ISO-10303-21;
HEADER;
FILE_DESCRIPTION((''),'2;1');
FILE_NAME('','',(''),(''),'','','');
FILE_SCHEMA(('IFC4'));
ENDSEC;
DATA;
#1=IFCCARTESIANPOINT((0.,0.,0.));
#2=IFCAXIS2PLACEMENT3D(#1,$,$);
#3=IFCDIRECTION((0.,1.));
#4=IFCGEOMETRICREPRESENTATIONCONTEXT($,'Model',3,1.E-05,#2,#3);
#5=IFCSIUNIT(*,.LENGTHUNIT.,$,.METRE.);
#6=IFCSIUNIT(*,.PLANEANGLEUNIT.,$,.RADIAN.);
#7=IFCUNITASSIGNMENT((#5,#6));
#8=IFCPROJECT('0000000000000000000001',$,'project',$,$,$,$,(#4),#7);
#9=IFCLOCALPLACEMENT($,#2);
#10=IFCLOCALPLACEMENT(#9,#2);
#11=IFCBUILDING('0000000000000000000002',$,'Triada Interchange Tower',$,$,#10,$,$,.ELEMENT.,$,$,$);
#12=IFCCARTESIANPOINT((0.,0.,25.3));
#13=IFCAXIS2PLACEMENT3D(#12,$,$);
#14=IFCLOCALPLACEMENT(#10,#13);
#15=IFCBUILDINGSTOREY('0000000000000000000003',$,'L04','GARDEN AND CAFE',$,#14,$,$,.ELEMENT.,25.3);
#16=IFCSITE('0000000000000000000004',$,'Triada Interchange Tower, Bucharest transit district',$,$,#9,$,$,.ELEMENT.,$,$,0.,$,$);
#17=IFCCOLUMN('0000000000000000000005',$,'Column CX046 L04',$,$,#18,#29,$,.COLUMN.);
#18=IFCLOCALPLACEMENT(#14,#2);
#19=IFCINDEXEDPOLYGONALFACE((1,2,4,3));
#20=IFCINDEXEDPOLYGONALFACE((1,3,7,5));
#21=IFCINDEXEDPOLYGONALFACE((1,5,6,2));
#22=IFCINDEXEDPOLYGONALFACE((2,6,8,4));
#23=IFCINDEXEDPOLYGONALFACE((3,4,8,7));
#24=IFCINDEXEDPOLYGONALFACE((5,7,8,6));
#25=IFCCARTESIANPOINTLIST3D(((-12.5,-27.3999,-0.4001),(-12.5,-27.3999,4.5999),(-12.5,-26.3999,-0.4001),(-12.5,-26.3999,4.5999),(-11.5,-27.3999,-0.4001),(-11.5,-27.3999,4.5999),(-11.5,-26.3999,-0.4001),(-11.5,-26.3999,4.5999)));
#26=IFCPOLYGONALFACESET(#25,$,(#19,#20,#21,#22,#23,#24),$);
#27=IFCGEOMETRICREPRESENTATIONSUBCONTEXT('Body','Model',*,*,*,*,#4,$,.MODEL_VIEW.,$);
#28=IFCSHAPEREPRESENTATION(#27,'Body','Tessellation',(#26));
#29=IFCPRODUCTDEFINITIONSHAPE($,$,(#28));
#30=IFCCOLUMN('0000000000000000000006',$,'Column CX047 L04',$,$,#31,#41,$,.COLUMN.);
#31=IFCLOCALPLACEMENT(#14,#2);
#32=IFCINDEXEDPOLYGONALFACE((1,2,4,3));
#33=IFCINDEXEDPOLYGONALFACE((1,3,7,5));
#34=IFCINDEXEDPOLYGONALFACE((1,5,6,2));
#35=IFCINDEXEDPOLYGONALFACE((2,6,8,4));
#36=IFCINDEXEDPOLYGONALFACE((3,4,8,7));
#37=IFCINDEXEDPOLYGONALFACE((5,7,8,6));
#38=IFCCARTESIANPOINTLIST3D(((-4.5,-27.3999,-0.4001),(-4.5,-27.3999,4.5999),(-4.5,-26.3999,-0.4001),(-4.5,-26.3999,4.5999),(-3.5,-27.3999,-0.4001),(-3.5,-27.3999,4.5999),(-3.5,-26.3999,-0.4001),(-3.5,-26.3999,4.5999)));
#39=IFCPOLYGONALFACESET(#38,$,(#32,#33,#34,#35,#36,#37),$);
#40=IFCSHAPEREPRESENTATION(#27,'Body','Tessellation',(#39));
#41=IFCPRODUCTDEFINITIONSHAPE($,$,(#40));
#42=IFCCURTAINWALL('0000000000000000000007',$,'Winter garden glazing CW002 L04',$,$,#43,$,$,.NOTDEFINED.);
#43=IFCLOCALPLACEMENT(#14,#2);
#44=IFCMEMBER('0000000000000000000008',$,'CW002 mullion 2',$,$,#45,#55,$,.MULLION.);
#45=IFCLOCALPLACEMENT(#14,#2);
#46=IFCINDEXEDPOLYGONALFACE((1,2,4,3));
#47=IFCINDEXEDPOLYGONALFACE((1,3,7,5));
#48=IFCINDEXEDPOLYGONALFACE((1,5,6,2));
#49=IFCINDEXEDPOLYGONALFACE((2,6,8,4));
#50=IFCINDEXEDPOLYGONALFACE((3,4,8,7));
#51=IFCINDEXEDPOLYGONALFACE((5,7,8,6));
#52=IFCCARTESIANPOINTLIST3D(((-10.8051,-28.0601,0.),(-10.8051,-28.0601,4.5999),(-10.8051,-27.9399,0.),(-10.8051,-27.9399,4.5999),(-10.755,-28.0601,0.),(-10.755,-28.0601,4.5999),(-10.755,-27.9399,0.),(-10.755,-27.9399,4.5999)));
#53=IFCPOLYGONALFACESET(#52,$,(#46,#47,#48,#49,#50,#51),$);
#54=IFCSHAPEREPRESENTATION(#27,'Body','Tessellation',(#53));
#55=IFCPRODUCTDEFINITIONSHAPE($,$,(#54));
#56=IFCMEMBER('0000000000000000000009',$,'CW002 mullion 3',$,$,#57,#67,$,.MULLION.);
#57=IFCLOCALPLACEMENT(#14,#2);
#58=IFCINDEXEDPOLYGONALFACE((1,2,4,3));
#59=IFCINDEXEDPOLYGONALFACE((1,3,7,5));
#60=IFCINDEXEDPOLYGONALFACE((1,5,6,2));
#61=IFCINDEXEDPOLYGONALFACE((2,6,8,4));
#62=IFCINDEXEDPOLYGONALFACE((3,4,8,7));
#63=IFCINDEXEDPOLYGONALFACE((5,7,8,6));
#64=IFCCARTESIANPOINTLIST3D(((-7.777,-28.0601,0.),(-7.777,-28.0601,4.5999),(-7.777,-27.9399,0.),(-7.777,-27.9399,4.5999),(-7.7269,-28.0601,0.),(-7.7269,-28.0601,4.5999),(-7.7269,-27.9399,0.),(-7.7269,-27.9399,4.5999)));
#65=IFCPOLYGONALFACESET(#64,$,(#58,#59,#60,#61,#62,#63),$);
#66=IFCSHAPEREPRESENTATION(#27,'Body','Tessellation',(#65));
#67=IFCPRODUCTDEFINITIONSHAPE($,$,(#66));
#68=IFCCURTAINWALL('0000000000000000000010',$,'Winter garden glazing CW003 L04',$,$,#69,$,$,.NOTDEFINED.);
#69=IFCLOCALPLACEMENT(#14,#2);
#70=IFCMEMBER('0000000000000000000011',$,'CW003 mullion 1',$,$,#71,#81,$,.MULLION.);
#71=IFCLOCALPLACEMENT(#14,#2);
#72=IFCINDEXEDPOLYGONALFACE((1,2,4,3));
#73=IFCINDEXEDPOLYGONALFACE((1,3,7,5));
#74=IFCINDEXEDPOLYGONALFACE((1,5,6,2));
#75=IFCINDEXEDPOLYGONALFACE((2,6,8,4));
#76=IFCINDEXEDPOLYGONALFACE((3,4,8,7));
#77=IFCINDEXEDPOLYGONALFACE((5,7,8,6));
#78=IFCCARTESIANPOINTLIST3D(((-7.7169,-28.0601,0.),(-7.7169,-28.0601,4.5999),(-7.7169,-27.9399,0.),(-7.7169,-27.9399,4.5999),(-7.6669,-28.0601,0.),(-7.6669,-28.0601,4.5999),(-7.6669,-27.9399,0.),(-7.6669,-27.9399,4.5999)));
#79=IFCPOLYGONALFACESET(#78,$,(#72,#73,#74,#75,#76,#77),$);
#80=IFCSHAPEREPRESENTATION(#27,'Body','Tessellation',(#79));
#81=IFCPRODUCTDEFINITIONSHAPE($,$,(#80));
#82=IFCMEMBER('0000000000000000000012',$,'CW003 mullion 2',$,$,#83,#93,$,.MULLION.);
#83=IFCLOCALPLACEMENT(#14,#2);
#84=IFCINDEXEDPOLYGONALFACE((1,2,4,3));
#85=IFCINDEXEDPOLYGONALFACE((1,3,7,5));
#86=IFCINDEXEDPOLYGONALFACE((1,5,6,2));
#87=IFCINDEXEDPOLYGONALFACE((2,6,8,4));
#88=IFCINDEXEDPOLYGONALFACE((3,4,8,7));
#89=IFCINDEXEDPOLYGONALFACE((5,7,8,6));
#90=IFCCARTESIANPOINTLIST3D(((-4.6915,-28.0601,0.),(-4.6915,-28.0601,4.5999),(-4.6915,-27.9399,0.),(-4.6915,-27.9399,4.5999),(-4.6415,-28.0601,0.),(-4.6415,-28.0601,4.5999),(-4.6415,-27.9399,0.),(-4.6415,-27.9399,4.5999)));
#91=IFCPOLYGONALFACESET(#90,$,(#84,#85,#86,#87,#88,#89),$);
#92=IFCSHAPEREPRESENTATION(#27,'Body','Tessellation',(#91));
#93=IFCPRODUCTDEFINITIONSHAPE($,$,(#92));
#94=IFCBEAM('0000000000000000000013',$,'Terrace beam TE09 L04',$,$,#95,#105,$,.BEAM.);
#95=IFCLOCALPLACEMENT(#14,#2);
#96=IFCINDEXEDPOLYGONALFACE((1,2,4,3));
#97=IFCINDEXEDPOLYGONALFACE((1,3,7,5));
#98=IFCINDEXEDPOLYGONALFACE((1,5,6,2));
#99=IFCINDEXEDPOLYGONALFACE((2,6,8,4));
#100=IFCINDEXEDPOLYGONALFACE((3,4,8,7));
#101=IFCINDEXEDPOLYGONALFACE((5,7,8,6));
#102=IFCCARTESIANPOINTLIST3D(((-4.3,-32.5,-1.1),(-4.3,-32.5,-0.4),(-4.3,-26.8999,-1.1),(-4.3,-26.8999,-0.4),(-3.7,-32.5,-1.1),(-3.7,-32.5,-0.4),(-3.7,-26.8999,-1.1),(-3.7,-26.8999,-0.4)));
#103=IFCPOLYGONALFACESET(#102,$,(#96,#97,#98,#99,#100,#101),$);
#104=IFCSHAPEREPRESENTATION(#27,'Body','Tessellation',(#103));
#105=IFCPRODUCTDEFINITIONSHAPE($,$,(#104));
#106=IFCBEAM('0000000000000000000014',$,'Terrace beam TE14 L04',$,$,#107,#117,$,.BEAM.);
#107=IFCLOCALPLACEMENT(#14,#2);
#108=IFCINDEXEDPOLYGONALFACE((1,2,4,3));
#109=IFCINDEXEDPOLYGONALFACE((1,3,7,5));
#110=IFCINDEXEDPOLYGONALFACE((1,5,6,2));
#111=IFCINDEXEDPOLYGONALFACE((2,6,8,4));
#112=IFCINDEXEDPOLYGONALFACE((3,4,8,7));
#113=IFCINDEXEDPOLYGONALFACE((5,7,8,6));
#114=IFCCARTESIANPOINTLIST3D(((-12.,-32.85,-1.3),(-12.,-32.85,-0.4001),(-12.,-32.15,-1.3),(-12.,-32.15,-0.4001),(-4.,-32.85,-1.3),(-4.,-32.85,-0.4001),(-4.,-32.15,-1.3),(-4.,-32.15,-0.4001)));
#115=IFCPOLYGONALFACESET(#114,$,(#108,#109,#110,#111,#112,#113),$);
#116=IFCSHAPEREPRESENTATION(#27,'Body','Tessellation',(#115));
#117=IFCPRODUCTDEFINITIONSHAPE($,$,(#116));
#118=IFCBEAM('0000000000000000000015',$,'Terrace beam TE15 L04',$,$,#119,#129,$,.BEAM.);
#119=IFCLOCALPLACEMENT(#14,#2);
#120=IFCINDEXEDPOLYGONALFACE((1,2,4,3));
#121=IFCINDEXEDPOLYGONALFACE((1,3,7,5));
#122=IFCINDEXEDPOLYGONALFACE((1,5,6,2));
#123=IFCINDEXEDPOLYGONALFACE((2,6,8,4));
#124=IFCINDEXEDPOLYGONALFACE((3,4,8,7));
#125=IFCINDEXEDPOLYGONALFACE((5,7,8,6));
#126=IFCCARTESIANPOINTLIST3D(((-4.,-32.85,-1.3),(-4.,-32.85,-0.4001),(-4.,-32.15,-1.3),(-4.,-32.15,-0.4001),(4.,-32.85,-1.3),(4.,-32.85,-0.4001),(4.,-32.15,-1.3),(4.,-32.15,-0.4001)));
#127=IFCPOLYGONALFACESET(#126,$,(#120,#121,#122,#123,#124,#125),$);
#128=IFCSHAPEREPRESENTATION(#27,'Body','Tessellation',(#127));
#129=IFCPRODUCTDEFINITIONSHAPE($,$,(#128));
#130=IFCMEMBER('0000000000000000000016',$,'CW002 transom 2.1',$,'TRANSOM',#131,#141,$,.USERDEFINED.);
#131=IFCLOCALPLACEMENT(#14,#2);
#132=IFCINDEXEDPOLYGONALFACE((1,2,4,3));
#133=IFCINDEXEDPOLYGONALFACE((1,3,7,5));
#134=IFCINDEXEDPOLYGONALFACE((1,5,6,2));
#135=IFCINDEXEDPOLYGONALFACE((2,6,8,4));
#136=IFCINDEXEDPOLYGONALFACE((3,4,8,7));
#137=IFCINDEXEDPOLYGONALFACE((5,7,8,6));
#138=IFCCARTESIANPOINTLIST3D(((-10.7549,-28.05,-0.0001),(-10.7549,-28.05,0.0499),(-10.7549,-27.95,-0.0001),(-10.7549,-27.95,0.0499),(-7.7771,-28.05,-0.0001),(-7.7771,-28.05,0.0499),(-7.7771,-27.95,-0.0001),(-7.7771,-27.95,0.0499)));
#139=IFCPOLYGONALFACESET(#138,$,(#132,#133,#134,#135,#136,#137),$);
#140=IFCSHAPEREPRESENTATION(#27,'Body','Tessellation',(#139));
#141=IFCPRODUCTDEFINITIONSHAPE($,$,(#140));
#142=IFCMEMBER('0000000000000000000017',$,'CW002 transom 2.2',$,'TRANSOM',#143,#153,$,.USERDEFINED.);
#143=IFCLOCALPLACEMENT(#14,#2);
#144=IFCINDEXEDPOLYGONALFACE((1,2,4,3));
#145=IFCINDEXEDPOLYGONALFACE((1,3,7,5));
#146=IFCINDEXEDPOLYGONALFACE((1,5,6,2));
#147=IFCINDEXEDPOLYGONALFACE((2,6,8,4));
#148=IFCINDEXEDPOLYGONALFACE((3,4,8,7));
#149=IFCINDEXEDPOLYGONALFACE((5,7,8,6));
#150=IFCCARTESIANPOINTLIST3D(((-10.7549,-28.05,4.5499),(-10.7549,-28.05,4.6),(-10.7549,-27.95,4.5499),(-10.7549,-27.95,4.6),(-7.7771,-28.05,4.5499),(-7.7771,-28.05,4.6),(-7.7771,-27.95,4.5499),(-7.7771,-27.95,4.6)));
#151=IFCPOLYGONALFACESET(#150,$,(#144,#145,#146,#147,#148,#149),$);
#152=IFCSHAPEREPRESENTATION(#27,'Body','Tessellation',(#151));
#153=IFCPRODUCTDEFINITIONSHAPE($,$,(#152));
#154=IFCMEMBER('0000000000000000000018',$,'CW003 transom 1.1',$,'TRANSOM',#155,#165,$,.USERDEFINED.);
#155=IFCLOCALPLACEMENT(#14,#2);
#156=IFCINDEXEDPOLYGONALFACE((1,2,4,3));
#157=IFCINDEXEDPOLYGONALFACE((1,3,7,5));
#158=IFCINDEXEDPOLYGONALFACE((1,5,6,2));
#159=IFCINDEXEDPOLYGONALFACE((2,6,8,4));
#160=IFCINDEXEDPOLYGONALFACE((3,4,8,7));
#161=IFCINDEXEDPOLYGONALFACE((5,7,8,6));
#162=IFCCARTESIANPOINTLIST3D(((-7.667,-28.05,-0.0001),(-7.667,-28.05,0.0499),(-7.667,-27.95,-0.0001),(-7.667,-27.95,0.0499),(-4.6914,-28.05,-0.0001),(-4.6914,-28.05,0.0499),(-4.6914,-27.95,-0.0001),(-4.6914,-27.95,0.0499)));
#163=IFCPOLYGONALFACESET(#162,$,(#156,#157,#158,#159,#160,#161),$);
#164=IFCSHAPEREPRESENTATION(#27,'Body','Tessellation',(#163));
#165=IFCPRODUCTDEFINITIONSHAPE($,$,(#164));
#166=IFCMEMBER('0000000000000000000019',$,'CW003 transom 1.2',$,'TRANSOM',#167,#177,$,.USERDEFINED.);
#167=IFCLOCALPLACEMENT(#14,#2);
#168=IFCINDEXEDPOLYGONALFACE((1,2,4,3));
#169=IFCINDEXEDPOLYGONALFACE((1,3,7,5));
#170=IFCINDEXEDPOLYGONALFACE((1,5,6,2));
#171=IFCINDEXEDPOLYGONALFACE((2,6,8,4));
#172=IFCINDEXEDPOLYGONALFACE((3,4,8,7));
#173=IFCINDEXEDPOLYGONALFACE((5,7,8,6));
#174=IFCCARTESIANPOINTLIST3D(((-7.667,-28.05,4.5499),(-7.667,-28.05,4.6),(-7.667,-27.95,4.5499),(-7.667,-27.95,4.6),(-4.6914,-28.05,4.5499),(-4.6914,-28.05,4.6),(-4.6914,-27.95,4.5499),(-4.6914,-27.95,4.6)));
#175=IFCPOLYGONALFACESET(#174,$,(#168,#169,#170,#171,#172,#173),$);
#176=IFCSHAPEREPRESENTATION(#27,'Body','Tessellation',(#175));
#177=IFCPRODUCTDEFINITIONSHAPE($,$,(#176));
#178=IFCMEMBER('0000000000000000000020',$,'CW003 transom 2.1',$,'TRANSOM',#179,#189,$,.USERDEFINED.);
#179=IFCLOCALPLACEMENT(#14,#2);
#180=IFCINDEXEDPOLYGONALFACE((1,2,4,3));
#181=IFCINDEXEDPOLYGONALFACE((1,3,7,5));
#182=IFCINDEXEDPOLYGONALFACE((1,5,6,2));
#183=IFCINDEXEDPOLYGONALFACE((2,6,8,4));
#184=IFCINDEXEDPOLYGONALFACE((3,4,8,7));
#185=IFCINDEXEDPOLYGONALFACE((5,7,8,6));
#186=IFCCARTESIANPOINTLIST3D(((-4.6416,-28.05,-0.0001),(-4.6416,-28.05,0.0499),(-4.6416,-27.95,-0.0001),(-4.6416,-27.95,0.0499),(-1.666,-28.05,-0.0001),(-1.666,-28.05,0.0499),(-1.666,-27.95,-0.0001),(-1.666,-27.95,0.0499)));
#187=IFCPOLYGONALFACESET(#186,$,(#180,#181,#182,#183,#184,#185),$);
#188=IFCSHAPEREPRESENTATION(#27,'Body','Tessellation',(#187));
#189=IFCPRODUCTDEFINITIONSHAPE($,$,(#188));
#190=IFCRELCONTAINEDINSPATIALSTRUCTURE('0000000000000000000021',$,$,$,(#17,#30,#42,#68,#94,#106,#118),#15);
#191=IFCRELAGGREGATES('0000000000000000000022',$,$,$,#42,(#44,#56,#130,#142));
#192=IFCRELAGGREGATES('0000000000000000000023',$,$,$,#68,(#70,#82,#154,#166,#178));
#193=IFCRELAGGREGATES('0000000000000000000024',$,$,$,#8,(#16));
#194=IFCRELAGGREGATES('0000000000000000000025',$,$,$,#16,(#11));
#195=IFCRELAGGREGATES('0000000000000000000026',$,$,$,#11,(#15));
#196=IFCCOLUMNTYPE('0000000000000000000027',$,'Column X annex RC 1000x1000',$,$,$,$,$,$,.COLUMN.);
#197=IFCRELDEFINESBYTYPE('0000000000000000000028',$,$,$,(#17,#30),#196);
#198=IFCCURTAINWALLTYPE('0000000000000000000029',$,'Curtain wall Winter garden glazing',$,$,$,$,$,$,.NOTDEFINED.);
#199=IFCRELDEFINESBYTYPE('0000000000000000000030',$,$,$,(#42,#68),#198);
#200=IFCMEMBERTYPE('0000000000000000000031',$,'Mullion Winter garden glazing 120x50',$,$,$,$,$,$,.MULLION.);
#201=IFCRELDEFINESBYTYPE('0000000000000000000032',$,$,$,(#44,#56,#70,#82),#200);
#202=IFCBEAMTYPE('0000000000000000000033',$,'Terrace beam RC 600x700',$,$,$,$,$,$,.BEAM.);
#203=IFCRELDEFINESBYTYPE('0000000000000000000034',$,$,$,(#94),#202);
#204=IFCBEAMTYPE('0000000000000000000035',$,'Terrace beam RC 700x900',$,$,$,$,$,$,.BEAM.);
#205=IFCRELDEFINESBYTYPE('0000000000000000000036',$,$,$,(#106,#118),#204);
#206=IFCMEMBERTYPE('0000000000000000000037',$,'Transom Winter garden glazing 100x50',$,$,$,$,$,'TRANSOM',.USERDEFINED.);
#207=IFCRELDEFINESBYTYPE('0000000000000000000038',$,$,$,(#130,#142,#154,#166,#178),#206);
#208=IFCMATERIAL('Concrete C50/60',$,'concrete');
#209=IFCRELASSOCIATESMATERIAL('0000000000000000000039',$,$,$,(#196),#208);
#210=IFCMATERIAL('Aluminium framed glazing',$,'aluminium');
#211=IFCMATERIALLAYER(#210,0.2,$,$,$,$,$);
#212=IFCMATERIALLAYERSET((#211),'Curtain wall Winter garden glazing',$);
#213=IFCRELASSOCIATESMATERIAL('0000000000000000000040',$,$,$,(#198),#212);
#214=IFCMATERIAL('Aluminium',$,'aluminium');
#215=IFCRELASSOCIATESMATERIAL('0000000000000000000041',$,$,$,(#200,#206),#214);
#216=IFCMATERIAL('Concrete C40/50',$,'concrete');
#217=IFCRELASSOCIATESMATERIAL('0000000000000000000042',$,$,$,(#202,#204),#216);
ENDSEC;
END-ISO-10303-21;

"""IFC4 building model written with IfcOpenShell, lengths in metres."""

from ifc_helpers import new_model, si_unit, direction, frame, origin, origin_2d, place, context, subcontext, project, spatial, rectangle, extrude, material, layer, layer_set, material_profile, profile_set, type_object, element, aggregate, save


model = new_model("IFC4")

# Units and contexts
model_context = context("Model", 3, precision=1e-05, world=origin(), true_north=direction((0.0, 1.0)))
body_context = subcontext(model_context, "Body", "Model", "MODEL_VIEW")
ifc_project = project(units=[si_unit("LENGTHUNIT", "METRE"), si_unit("PLANEANGLEUNIT", "RADIAN")], contexts=[model_context])

# Site, building, storey
site_placement = place(None, origin())
site = spatial("IfcSite", under=ifc_project, at=site_placement, Name="Triada Interchange Tower, Bucharest transit district", CompositionType="ELEMENT", RefElevation=0.0)
building_placement = place(site_placement, origin())
building = spatial("IfcBuilding", under=site, at=building_placement, Name="Triada Interchange Tower", CompositionType="ELEMENT")
storey_placement = place(building_placement, frame((0.0, 0.0, 25.3)))
storey = spatial("IfcBuildingStorey", under=building, at=storey_placement, Name="L04", Description="GARDEN AND CAFE", CompositionType="ELEMENT", Elevation=25.3)

# Columns
ifc_material_1 = material(Name="Concrete C50/60", Category="concrete")
ifc_material_profile_1 = material_profile(ifc_material_1, rectangle(XDim=1.0, YDim=1.0, at=origin_2d()), Name="RC 1000x1000")
ifc_profile_set_1 = profile_set([ifc_material_profile_1], Name="Concrete C50/60")
column_type = type_object("IfcColumnType", Name="Column X annex RC 1000x1000", PredefinedType="COLUMN", material=ifc_profile_set_1)
for number, where, z_axis, x_axis, name in (
    (1, (-12.0, -26.8999, -0.4001), (0.0, 0.0, 1.0), (1.0, 0.0, 0.0), "Column CX046 L04"),
    (2, (-4.0, -26.8999, -0.4001), (0.0, 0.0, 1.0), (1.0, 0.0, 0.0), "Column CX047 L04"),
):
    element("IfcColumn", number, at=place(storey_placement, frame(where, z_axis=z_axis, x_axis=x_axis)), inside=storey, type_object=column_type, Name=name, PredefinedType="COLUMN", context=body_context, shape_type="SweptSolid", body=[
        extrude(rectangle(XDim=1.0, YDim=1.0, at=origin_2d()), origin(), (0.0, 0.0, 1.0), 5.0),
    ])

# Curtain walls, members
ifc_material_2 = material(Name="Aluminium framed glazing", Category="aluminium")
ifc_layer_1 = layer(ifc_material_2, 0.2)
ifc_layer_set_1 = layer_set([ifc_layer_1], Name="Curtain wall Winter garden glazing")
curtain_wall_type = type_object("IfcCurtainWallType", Name="Curtain wall Winter garden glazing", PredefinedType="NOTDEFINED", material=ifc_layer_set_1)
curtain_wall_1_placement = place(storey_placement, origin())
curtain_wall_1 = element("IfcCurtainWall", 3, at=curtain_wall_1_placement, inside=storey, type_object=curtain_wall_type, Name="Winter garden glazing CW002 L04", PredefinedType="NOTDEFINED")
ifc_material_3 = material(Name="Aluminium", Category="aluminium")
ifc_material_profile_2 = material_profile(ifc_material_3, rectangle(XDim=0.1201, YDim=0.05, at=origin_2d()), Name="Aluminium mullion")
ifc_profile_set_2 = profile_set([ifc_material_profile_2], Name="Aluminium")
member_type_1 = type_object("IfcMemberType", Name="Mullion Winter garden glazing 120x50", PredefinedType="MULLION", material=ifc_profile_set_2)
member_1_placement = place(storey_placement, frame((-10.78, -28.0, 0.0), z_axis=(0.0, 0.0, 1.0), x_axis=(0.0, 1.0, 0.0)))
member_1 = element("IfcMember", 4, at=member_1_placement, type_object=member_type_1, Name="CW002 mullion 2", PredefinedType="MULLION", context=body_context, shape_type="SweptSolid", body=[
    extrude(rectangle(XDim=0.1201, YDim=0.05, at=origin_2d()), origin(), (0.0, 0.0, 1.0), 4.5999),
])
member_2_placement = place(storey_placement, frame((-7.752, -28.0, 0.0), z_axis=(0.0, 0.0, 1.0), x_axis=(0.0, 1.0, 0.0)))
member_2 = element("IfcMember", 5, at=member_2_placement, type_object=member_type_1, Name="CW002 mullion 3", PredefinedType="MULLION", context=body_context, shape_type="SweptSolid", body=[
    extrude(rectangle(XDim=0.1201, YDim=0.05, at=origin_2d()), origin(), (0.0, 0.0, 1.0), 4.5999),
])
curtain_wall_2_placement = place(storey_placement, origin())
curtain_wall_2 = element("IfcCurtainWall", 6, at=curtain_wall_2_placement, inside=storey, type_object=curtain_wall_type, Name="Winter garden glazing CW003 L04", PredefinedType="NOTDEFINED")
member_3_placement = place(storey_placement, frame((-7.6919, -28.0, 0.0), z_axis=(0.0, 0.0, 1.0), x_axis=(0.0, 1.0, 0.0)))
member_3 = element("IfcMember", 7, at=member_3_placement, type_object=member_type_1, Name="CW003 mullion 1", PredefinedType="MULLION", context=body_context, shape_type="SweptSolid", body=[
    extrude(rectangle(XDim=0.1201, YDim=0.05, at=origin_2d()), origin(), (0.0, 0.0, 1.0), 4.5999),
])
member_4_placement = place(storey_placement, frame((-4.6665, -28.0, 0.0), z_axis=(0.0, 0.0, 1.0), x_axis=(0.0, 1.0, 0.0)))
member_4 = element("IfcMember", 8, at=member_4_placement, type_object=member_type_1, Name="CW003 mullion 2", PredefinedType="MULLION", context=body_context, shape_type="SweptSolid", body=[
    extrude(rectangle(XDim=0.1201, YDim=0.05, at=origin_2d()), origin(), (0.0, 0.0, 1.0), 4.5999),
])

# Beams
ifc_material_4 = material(Name="Concrete C40/50", Category="concrete")
ifc_material_profile_3 = material_profile(ifc_material_4, rectangle(XDim=0.6001, YDim=0.7, at=origin_2d()), Name="RC 600x700")
ifc_profile_set_3 = profile_set([ifc_material_profile_3], Name="Concrete C40/50")
beam_type_1 = type_object("IfcBeamType", Name="Terrace beam RC 600x700", PredefinedType="BEAM", material=ifc_profile_set_3)
beam_placement = place(storey_placement, frame((-4.0, -32.5, -0.75), z_axis=(0.0, 1.0, 0.0), x_axis=(-1.0, 0.0, 0.0)))
element("IfcBeam", 9, at=beam_placement, inside=storey, type_object=beam_type_1, Name="Terrace beam TE09 L04", PredefinedType="BEAM", context=body_context, shape_type="SweptSolid", body=[
    extrude(rectangle(XDim=0.6001, YDim=0.7, at=origin_2d()), origin(), (0.0, 0.0, 1.0), 5.6001),
])
ifc_material_profile_4 = material_profile(ifc_material_4, rectangle(XDim=0.7, YDim=0.8999, at=origin_2d()), Name="RC 700x900")
ifc_profile_set_4 = profile_set([ifc_material_profile_4], Name="Concrete C40/50")
beam_type_2 = type_object("IfcBeamType", Name="Terrace beam RC 700x900", PredefinedType="BEAM", material=ifc_profile_set_4)
for number, where, z_axis, x_axis, name in (
    (10, (-12.0, -32.5, -0.8501), (1.0, 0.0, 0.0), (0.0, 1.0, 0.0), "Terrace beam TE14 L04"),
    (11, (-4.0, -32.5, -0.8501), (1.0, 0.0, 0.0), (0.0, 1.0, 0.0), "Terrace beam TE15 L04"),
):
    element("IfcBeam", number, at=place(storey_placement, frame(where, z_axis=z_axis, x_axis=x_axis)), inside=storey, type_object=beam_type_2, Name=name, PredefinedType="BEAM", context=body_context, shape_type="SweptSolid", body=[
        extrude(rectangle(XDim=0.7, YDim=0.8999, at=origin_2d()), origin(), (0.0, 0.0, 1.0), 8.0),
    ])

# Members
ifc_material_profile_5 = material_profile(ifc_material_3, rectangle(XDim=0.1001, YDim=0.05, at=origin_2d()), Name="Aluminium transom")
ifc_profile_set_5 = profile_set([ifc_material_profile_5], Name="Aluminium")
member_type_2 = type_object("IfcMemberType", Name="Transom Winter garden glazing 100x50", ElementType="TRANSOM", PredefinedType="USERDEFINED", material=ifc_profile_set_5)
member_5_placement = place(storey_placement, frame((-10.7549, -28.0, 0.0249), z_axis=(1.0, 0.0, 0.0), x_axis=(0.0, 1.0, 0.0)))
member_5 = element("IfcMember", 12, at=member_5_placement, type_object=member_type_2, Name="CW002 transom 2.1", ObjectType="TRANSOM", PredefinedType="USERDEFINED", context=body_context, shape_type="SweptSolid", body=[
    extrude(rectangle(XDim=0.1001, YDim=0.05, at=origin_2d()), origin(), (0.0, 0.0, 1.0), 2.9778),
])
member_6_placement = place(storey_placement, frame((-10.7549, -28.0, 4.575), z_axis=(1.0, 0.0, 0.0), x_axis=(0.0, 1.0, 0.0)))
member_6 = element("IfcMember", 13, at=member_6_placement, type_object=member_type_2, Name="CW002 transom 2.2", ObjectType="TRANSOM", PredefinedType="USERDEFINED", context=body_context, shape_type="SweptSolid", body=[
    extrude(rectangle(XDim=0.1001, YDim=0.05, at=origin_2d()), origin(), (0.0, 0.0, 1.0), 2.9778),
])
member_7_placement = place(storey_placement, frame((-7.667, -28.0, 0.0249), z_axis=(1.0, 0.0, 0.0), x_axis=(0.0, 1.0, 0.0)))
member_7 = element("IfcMember", 14, at=member_7_placement, type_object=member_type_2, Name="CW003 transom 1.1", ObjectType="TRANSOM", PredefinedType="USERDEFINED", context=body_context, shape_type="SweptSolid", body=[
    extrude(rectangle(XDim=0.1001, YDim=0.05, at=origin_2d()), origin(), (0.0, 0.0, 1.0), 2.9756),
])
member_8_placement = place(storey_placement, frame((-7.667, -28.0, 4.575), z_axis=(1.0, 0.0, 0.0), x_axis=(0.0, 1.0, 0.0)))
member_8 = element("IfcMember", 15, at=member_8_placement, type_object=member_type_2, Name="CW003 transom 1.2", ObjectType="TRANSOM", PredefinedType="USERDEFINED", context=body_context, shape_type="SweptSolid", body=[
    extrude(rectangle(XDim=0.1001, YDim=0.05, at=origin_2d()), origin(), (0.0, 0.0, 1.0), 2.9756),
])
member_9_placement = place(storey_placement, frame((-4.6416, -28.0, 0.0249), z_axis=(1.0, 0.0, 0.0), x_axis=(0.0, 1.0, 0.0)))
member_9 = element("IfcMember", 16, at=member_9_placement, type_object=member_type_2, Name="CW003 transom 2.1", ObjectType="TRANSOM", PredefinedType="USERDEFINED", context=body_context, shape_type="SweptSolid", body=[
    extrude(rectangle(XDim=0.1001, YDim=0.05, at=origin_2d()), origin(), (0.0, 0.0, 1.0), 2.9756),
])

aggregate(curtain_wall_1, [member_1, member_2, member_5, member_6])
aggregate(curtain_wall_2, [member_3, member_4, member_7, member_8, member_9])

save(model, "model.ifc")
